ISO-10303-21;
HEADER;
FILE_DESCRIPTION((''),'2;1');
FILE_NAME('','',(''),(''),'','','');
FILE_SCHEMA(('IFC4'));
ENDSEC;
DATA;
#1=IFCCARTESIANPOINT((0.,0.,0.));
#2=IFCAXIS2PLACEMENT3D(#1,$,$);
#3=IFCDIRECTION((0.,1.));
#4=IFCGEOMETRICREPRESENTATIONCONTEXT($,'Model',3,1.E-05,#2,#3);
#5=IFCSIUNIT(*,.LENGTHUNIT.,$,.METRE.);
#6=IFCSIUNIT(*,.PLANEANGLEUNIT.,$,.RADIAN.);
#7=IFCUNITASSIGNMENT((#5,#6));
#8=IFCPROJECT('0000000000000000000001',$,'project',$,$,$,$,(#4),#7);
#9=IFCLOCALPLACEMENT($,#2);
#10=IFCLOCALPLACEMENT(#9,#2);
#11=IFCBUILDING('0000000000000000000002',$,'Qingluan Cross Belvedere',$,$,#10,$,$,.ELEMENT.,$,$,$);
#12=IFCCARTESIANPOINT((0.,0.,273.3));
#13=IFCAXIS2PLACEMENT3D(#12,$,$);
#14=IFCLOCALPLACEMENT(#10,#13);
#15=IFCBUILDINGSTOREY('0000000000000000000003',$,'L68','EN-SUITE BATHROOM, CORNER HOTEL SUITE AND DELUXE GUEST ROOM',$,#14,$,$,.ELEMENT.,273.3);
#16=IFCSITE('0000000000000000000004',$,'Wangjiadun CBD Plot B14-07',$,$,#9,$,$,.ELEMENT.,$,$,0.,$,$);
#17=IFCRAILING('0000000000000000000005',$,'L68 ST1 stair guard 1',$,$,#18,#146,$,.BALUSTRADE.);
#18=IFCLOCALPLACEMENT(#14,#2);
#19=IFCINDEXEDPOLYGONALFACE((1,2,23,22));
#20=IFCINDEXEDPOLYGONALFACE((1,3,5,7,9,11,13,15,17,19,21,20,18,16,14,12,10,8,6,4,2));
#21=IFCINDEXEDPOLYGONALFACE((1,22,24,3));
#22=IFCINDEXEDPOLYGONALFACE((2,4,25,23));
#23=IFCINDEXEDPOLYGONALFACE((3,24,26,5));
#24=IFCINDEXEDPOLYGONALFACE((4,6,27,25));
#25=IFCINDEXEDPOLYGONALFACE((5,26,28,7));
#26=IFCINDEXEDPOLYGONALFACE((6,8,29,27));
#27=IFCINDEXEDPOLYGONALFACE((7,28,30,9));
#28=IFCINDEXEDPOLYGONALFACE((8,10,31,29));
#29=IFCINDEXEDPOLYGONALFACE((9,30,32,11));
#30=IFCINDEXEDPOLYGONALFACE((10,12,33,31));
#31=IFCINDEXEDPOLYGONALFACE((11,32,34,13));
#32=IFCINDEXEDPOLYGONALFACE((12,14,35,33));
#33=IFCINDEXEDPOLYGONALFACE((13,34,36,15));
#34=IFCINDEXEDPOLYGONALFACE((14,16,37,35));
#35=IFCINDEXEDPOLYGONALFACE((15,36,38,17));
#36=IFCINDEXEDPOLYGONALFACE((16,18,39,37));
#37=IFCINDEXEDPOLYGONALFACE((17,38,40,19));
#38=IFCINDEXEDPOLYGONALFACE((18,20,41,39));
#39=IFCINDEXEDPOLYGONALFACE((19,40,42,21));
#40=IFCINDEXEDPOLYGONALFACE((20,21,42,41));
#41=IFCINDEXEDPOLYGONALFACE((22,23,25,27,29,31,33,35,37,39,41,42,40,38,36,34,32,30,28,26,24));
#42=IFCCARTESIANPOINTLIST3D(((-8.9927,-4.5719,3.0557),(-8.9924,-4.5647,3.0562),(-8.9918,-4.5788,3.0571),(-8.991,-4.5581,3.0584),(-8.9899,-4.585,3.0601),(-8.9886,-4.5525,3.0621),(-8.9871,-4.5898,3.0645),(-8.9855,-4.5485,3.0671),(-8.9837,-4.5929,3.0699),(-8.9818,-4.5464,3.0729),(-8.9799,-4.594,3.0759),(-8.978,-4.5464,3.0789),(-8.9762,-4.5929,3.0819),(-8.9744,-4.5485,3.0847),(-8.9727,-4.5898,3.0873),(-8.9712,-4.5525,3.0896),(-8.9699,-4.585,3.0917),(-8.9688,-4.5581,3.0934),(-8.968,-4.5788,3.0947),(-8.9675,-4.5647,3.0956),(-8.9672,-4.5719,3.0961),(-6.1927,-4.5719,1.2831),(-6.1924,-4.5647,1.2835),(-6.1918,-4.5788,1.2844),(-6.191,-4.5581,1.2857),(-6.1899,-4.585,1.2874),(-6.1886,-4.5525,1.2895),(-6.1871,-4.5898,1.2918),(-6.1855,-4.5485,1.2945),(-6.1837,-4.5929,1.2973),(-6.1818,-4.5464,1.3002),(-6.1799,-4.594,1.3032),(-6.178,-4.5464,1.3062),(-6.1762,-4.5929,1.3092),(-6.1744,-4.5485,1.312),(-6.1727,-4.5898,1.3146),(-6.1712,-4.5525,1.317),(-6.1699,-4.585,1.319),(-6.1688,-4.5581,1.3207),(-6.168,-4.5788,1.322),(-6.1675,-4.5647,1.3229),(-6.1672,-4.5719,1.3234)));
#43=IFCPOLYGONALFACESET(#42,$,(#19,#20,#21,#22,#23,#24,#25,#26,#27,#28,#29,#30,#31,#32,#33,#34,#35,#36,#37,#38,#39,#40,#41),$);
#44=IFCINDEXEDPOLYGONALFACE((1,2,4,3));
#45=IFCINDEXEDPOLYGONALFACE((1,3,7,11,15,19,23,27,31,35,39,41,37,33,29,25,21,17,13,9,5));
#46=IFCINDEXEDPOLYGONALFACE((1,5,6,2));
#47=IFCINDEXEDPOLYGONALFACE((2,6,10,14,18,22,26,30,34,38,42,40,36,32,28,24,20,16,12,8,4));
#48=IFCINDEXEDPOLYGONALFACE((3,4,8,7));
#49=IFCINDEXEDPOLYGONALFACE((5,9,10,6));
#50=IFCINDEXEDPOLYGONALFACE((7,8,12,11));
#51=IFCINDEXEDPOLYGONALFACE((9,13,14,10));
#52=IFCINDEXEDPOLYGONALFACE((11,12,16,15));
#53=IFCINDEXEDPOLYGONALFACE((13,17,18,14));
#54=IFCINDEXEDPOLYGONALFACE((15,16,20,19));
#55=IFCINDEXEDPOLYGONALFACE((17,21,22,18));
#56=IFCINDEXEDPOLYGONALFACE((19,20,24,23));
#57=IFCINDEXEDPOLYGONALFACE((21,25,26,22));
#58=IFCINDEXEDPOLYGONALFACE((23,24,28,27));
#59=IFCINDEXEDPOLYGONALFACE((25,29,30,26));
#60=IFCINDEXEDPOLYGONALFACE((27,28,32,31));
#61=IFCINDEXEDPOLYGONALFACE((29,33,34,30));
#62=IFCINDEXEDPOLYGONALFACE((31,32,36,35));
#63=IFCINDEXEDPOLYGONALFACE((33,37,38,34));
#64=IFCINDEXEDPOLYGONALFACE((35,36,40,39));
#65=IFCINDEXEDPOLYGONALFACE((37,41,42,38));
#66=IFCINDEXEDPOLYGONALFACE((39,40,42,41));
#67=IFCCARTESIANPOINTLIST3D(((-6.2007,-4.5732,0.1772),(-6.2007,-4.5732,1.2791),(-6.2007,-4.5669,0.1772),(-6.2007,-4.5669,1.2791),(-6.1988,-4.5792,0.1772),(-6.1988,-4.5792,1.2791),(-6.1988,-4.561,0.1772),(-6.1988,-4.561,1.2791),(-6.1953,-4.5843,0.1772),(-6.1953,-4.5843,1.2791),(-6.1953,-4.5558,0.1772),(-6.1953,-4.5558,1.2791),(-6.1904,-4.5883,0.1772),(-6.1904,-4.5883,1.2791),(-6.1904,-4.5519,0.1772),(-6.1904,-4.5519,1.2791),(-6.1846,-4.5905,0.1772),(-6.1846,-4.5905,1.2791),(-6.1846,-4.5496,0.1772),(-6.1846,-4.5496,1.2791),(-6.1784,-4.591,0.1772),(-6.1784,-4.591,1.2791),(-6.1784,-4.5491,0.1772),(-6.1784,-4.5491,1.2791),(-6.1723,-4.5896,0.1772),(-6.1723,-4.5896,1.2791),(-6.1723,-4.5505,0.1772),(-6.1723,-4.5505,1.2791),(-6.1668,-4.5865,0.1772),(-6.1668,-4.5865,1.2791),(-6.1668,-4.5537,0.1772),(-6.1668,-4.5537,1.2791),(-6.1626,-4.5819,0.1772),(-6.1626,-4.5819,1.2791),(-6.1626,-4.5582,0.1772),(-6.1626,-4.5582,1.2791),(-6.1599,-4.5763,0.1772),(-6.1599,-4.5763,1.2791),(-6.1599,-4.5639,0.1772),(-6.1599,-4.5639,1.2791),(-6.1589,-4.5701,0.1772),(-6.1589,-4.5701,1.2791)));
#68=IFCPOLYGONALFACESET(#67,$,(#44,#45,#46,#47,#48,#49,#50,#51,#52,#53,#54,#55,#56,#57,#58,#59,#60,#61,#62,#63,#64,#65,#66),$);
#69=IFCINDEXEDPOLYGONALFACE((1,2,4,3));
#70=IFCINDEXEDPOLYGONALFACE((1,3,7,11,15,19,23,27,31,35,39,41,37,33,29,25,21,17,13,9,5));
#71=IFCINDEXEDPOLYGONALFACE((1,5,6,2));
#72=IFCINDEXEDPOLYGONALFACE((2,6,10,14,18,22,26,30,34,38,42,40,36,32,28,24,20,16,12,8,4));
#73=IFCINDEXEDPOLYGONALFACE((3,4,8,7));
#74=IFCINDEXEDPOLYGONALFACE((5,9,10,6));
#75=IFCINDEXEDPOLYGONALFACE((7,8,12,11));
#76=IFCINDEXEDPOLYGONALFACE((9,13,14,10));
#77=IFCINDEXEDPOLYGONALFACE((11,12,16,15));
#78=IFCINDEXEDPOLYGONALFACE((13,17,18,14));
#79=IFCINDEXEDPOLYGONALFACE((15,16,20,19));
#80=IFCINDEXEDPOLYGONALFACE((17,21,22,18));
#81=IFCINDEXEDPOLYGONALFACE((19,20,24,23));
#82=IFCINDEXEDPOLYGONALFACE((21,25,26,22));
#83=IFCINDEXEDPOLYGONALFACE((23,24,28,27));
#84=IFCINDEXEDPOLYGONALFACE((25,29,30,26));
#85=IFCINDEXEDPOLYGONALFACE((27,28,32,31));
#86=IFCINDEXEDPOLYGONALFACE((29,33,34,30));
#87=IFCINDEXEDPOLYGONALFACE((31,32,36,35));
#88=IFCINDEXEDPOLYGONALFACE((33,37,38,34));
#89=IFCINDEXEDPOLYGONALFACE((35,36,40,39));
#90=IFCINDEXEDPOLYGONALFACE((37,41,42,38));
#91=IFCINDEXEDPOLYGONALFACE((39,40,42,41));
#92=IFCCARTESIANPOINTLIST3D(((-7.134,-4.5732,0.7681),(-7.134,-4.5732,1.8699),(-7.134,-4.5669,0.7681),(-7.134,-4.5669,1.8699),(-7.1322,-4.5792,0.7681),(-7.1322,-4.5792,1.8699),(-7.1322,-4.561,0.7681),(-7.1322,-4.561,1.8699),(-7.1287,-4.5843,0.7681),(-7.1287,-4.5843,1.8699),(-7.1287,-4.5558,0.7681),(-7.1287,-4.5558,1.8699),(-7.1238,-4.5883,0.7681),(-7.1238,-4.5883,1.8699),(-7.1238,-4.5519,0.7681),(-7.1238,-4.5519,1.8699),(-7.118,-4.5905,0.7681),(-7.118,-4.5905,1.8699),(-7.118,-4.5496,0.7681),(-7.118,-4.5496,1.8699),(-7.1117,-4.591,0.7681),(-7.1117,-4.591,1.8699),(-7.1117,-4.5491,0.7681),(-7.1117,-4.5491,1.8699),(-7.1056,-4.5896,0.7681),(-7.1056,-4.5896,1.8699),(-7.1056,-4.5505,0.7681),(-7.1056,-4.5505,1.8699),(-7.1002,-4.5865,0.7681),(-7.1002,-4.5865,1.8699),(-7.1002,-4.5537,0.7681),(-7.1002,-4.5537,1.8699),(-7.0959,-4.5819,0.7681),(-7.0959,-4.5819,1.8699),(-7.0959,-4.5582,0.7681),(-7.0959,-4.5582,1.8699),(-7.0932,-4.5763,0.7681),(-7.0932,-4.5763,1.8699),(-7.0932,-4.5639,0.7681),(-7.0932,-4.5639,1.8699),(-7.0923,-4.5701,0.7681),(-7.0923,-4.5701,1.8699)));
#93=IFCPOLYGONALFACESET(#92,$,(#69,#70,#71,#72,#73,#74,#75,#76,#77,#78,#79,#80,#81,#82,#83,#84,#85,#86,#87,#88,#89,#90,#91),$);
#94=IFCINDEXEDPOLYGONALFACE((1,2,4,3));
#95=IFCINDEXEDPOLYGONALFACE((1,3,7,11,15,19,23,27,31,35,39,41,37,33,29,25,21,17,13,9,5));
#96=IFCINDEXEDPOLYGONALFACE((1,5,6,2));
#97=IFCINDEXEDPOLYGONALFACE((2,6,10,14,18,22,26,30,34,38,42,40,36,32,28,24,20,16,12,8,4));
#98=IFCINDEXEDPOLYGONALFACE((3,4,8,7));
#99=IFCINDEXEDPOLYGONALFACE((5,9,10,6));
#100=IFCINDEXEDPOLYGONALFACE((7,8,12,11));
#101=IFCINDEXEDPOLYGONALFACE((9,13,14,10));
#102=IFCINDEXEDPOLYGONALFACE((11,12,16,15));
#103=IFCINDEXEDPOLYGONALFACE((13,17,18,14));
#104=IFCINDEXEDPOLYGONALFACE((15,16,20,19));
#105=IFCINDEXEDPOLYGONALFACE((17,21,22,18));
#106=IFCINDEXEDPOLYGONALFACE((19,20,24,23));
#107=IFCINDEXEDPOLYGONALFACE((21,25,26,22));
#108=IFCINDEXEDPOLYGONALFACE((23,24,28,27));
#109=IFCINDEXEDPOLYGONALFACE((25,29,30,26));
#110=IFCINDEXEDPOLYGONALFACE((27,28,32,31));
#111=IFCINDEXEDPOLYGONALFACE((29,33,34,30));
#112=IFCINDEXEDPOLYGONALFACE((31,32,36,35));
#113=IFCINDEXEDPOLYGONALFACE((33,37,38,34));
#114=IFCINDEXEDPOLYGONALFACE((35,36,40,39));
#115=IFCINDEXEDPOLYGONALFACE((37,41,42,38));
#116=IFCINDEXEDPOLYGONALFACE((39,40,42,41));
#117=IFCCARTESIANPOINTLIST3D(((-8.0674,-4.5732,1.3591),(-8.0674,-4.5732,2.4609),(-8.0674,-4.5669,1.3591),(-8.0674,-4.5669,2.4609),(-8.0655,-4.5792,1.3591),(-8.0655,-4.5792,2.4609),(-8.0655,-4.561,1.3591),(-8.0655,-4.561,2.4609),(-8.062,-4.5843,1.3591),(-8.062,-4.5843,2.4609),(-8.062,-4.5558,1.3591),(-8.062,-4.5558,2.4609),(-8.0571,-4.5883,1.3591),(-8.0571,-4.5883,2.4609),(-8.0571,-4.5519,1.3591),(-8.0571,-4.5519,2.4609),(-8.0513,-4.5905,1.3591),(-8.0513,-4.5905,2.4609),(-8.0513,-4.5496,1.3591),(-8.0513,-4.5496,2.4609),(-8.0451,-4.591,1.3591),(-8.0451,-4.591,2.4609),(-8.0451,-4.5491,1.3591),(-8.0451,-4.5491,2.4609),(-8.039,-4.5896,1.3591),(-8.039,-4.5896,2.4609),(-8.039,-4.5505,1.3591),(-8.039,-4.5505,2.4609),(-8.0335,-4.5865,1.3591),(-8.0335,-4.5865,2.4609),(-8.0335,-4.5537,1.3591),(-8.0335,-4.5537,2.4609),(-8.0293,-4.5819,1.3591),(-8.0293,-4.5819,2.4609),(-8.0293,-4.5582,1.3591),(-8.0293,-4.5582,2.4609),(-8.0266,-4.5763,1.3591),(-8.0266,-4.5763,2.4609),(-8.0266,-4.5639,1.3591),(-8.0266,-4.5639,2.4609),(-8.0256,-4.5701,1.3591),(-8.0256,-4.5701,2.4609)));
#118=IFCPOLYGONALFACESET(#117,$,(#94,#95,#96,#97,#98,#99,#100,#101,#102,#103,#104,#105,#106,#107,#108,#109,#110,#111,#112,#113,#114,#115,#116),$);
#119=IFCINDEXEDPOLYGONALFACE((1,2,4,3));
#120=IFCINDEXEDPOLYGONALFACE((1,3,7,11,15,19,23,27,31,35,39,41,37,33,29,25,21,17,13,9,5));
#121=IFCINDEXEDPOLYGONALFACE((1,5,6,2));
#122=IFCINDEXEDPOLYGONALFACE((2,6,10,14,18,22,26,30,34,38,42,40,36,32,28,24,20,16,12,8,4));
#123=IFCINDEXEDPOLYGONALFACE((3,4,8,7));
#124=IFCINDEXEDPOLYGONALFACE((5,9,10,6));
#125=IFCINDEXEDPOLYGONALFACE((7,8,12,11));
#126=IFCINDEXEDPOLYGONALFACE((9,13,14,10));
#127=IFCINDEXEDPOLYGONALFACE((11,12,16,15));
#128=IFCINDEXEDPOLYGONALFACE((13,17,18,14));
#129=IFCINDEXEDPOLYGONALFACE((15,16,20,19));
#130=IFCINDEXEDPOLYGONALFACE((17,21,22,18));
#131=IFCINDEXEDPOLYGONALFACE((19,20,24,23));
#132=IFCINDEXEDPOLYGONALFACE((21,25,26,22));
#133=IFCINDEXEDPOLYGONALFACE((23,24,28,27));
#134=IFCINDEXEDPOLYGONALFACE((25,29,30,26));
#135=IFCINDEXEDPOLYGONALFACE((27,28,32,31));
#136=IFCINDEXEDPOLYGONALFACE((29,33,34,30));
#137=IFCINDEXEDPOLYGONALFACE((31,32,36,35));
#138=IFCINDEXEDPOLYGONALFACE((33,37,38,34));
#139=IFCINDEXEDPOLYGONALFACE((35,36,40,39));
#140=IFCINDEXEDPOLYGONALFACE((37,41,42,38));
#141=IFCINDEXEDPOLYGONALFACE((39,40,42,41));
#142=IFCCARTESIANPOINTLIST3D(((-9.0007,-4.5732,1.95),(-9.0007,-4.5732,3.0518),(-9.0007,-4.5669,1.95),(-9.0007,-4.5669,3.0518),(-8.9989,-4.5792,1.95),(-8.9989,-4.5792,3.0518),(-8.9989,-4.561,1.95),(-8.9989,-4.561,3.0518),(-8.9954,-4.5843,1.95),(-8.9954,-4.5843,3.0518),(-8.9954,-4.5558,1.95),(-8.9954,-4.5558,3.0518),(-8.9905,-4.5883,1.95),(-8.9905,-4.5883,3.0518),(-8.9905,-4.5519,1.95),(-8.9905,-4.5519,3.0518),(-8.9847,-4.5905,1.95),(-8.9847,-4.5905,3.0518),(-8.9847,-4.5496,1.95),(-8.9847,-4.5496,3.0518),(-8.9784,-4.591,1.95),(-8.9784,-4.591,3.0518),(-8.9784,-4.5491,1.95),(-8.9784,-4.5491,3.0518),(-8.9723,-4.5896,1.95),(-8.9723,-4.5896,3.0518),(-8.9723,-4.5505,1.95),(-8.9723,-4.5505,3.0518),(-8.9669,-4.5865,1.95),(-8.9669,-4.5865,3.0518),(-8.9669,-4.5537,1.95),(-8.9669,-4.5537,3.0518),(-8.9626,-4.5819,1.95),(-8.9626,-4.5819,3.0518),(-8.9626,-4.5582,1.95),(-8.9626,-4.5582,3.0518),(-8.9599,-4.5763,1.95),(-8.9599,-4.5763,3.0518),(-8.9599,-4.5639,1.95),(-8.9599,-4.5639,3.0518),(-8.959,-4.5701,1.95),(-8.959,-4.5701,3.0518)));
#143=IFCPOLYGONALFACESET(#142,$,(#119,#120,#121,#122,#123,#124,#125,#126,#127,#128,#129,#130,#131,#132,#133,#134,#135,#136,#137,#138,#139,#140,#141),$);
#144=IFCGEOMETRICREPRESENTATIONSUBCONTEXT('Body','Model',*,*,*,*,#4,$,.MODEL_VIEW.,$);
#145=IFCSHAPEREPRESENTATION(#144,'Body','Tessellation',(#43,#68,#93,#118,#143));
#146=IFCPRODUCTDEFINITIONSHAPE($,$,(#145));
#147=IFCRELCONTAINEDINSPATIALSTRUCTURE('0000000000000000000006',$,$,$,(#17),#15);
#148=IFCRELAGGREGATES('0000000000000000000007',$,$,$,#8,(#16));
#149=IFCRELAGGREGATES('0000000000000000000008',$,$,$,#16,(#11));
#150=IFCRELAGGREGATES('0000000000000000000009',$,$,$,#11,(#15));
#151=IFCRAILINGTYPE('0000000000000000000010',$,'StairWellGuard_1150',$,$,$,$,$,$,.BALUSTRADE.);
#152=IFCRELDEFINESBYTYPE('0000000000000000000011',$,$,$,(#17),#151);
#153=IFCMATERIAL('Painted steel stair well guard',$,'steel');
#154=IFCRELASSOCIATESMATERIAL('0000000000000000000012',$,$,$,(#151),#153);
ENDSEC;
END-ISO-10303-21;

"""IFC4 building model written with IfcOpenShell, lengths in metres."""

from ifc_helpers import new_model, si_unit, direction, frame, origin, origin_2d, place, context, subcontext, project, spatial, circle, extrude, material, type_object, element, save


model = new_model("IFC4")

# Units and contexts
model_context = context("Model", 3, precision=1e-05, world=origin(), true_north=direction((0.0, 1.0)))
body_context = subcontext(model_context, "Body", "Model", "MODEL_VIEW")
ifc_project = project(units=[si_unit("LENGTHUNIT", "METRE"), si_unit("PLANEANGLEUNIT", "RADIAN")], contexts=[model_context])

# Site, building, storey
site_placement = place(None, origin())
site = spatial("IfcSite", under=ifc_project, at=site_placement, Name="Wangjiadun CBD Plot B14-07", CompositionType="ELEMENT", RefElevation=0.0)
building_placement = place(site_placement, origin())
building = spatial("IfcBuilding", under=site, at=building_placement, Name="Qingluan Cross Belvedere", CompositionType="ELEMENT")
storey_placement = place(building_placement, frame((0.0, 0.0, 273.3)))
storey = spatial("IfcBuildingStorey", under=building, at=storey_placement, Name="L68", Description="EN-SUITE BATHROOM, CORNER HOTEL SUITE AND DELUXE GUEST ROOM", CompositionType="ELEMENT", Elevation=273.3)

# Railing
ifc_material_1 = material(Name="Painted steel stair well guard", Category="steel")
railing_type_1 = type_object("IfcRailingType", Name="StairWellGuard_1150", PredefinedType="BALUSTRADE", material=ifc_material_1)
railing_1_placement = place(storey_placement, frame((-6.1799, -4.5701, 0.1772)))
element("IfcRailing", 1, at=railing_1_placement, inside=storey, type_object=railing_type_1, Name="L68 ST1 stair guard 1", PredefinedType="BALUSTRADE", context=body_context, shape_type="SweptSolid", body=[
    extrude(circle(Radius=0.0239, at=origin_2d()), frame((0.0, 0.0, 1.126), z_axis=(-0.844909, 0.0, 0.53491), x_axis=(0.0, -1.0, 0.0)), (0.0, 0.0, 1.0), 3.314),
    extrude(circle(Radius=0.021, at=origin_2d()), origin(), (0.0, 0.0, 1.0), 1.1018),
    extrude(circle(Radius=0.021, at=origin_2d()), frame((-0.9333, 0.0, 0.5908)), (0.0, 0.0, 1.0), 1.1018),
    extrude(circle(Radius=0.021, at=origin_2d()), frame((-1.8667, 0.0, 1.1819)), (0.0, 0.0, 1.0), 1.1018),
    extrude(circle(Radius=0.021, at=origin_2d()), frame((-2.8, 0.0, 1.7727)), (0.0, 0.0, 1.0), 1.1018),
])

save(model, "model.ifc")
